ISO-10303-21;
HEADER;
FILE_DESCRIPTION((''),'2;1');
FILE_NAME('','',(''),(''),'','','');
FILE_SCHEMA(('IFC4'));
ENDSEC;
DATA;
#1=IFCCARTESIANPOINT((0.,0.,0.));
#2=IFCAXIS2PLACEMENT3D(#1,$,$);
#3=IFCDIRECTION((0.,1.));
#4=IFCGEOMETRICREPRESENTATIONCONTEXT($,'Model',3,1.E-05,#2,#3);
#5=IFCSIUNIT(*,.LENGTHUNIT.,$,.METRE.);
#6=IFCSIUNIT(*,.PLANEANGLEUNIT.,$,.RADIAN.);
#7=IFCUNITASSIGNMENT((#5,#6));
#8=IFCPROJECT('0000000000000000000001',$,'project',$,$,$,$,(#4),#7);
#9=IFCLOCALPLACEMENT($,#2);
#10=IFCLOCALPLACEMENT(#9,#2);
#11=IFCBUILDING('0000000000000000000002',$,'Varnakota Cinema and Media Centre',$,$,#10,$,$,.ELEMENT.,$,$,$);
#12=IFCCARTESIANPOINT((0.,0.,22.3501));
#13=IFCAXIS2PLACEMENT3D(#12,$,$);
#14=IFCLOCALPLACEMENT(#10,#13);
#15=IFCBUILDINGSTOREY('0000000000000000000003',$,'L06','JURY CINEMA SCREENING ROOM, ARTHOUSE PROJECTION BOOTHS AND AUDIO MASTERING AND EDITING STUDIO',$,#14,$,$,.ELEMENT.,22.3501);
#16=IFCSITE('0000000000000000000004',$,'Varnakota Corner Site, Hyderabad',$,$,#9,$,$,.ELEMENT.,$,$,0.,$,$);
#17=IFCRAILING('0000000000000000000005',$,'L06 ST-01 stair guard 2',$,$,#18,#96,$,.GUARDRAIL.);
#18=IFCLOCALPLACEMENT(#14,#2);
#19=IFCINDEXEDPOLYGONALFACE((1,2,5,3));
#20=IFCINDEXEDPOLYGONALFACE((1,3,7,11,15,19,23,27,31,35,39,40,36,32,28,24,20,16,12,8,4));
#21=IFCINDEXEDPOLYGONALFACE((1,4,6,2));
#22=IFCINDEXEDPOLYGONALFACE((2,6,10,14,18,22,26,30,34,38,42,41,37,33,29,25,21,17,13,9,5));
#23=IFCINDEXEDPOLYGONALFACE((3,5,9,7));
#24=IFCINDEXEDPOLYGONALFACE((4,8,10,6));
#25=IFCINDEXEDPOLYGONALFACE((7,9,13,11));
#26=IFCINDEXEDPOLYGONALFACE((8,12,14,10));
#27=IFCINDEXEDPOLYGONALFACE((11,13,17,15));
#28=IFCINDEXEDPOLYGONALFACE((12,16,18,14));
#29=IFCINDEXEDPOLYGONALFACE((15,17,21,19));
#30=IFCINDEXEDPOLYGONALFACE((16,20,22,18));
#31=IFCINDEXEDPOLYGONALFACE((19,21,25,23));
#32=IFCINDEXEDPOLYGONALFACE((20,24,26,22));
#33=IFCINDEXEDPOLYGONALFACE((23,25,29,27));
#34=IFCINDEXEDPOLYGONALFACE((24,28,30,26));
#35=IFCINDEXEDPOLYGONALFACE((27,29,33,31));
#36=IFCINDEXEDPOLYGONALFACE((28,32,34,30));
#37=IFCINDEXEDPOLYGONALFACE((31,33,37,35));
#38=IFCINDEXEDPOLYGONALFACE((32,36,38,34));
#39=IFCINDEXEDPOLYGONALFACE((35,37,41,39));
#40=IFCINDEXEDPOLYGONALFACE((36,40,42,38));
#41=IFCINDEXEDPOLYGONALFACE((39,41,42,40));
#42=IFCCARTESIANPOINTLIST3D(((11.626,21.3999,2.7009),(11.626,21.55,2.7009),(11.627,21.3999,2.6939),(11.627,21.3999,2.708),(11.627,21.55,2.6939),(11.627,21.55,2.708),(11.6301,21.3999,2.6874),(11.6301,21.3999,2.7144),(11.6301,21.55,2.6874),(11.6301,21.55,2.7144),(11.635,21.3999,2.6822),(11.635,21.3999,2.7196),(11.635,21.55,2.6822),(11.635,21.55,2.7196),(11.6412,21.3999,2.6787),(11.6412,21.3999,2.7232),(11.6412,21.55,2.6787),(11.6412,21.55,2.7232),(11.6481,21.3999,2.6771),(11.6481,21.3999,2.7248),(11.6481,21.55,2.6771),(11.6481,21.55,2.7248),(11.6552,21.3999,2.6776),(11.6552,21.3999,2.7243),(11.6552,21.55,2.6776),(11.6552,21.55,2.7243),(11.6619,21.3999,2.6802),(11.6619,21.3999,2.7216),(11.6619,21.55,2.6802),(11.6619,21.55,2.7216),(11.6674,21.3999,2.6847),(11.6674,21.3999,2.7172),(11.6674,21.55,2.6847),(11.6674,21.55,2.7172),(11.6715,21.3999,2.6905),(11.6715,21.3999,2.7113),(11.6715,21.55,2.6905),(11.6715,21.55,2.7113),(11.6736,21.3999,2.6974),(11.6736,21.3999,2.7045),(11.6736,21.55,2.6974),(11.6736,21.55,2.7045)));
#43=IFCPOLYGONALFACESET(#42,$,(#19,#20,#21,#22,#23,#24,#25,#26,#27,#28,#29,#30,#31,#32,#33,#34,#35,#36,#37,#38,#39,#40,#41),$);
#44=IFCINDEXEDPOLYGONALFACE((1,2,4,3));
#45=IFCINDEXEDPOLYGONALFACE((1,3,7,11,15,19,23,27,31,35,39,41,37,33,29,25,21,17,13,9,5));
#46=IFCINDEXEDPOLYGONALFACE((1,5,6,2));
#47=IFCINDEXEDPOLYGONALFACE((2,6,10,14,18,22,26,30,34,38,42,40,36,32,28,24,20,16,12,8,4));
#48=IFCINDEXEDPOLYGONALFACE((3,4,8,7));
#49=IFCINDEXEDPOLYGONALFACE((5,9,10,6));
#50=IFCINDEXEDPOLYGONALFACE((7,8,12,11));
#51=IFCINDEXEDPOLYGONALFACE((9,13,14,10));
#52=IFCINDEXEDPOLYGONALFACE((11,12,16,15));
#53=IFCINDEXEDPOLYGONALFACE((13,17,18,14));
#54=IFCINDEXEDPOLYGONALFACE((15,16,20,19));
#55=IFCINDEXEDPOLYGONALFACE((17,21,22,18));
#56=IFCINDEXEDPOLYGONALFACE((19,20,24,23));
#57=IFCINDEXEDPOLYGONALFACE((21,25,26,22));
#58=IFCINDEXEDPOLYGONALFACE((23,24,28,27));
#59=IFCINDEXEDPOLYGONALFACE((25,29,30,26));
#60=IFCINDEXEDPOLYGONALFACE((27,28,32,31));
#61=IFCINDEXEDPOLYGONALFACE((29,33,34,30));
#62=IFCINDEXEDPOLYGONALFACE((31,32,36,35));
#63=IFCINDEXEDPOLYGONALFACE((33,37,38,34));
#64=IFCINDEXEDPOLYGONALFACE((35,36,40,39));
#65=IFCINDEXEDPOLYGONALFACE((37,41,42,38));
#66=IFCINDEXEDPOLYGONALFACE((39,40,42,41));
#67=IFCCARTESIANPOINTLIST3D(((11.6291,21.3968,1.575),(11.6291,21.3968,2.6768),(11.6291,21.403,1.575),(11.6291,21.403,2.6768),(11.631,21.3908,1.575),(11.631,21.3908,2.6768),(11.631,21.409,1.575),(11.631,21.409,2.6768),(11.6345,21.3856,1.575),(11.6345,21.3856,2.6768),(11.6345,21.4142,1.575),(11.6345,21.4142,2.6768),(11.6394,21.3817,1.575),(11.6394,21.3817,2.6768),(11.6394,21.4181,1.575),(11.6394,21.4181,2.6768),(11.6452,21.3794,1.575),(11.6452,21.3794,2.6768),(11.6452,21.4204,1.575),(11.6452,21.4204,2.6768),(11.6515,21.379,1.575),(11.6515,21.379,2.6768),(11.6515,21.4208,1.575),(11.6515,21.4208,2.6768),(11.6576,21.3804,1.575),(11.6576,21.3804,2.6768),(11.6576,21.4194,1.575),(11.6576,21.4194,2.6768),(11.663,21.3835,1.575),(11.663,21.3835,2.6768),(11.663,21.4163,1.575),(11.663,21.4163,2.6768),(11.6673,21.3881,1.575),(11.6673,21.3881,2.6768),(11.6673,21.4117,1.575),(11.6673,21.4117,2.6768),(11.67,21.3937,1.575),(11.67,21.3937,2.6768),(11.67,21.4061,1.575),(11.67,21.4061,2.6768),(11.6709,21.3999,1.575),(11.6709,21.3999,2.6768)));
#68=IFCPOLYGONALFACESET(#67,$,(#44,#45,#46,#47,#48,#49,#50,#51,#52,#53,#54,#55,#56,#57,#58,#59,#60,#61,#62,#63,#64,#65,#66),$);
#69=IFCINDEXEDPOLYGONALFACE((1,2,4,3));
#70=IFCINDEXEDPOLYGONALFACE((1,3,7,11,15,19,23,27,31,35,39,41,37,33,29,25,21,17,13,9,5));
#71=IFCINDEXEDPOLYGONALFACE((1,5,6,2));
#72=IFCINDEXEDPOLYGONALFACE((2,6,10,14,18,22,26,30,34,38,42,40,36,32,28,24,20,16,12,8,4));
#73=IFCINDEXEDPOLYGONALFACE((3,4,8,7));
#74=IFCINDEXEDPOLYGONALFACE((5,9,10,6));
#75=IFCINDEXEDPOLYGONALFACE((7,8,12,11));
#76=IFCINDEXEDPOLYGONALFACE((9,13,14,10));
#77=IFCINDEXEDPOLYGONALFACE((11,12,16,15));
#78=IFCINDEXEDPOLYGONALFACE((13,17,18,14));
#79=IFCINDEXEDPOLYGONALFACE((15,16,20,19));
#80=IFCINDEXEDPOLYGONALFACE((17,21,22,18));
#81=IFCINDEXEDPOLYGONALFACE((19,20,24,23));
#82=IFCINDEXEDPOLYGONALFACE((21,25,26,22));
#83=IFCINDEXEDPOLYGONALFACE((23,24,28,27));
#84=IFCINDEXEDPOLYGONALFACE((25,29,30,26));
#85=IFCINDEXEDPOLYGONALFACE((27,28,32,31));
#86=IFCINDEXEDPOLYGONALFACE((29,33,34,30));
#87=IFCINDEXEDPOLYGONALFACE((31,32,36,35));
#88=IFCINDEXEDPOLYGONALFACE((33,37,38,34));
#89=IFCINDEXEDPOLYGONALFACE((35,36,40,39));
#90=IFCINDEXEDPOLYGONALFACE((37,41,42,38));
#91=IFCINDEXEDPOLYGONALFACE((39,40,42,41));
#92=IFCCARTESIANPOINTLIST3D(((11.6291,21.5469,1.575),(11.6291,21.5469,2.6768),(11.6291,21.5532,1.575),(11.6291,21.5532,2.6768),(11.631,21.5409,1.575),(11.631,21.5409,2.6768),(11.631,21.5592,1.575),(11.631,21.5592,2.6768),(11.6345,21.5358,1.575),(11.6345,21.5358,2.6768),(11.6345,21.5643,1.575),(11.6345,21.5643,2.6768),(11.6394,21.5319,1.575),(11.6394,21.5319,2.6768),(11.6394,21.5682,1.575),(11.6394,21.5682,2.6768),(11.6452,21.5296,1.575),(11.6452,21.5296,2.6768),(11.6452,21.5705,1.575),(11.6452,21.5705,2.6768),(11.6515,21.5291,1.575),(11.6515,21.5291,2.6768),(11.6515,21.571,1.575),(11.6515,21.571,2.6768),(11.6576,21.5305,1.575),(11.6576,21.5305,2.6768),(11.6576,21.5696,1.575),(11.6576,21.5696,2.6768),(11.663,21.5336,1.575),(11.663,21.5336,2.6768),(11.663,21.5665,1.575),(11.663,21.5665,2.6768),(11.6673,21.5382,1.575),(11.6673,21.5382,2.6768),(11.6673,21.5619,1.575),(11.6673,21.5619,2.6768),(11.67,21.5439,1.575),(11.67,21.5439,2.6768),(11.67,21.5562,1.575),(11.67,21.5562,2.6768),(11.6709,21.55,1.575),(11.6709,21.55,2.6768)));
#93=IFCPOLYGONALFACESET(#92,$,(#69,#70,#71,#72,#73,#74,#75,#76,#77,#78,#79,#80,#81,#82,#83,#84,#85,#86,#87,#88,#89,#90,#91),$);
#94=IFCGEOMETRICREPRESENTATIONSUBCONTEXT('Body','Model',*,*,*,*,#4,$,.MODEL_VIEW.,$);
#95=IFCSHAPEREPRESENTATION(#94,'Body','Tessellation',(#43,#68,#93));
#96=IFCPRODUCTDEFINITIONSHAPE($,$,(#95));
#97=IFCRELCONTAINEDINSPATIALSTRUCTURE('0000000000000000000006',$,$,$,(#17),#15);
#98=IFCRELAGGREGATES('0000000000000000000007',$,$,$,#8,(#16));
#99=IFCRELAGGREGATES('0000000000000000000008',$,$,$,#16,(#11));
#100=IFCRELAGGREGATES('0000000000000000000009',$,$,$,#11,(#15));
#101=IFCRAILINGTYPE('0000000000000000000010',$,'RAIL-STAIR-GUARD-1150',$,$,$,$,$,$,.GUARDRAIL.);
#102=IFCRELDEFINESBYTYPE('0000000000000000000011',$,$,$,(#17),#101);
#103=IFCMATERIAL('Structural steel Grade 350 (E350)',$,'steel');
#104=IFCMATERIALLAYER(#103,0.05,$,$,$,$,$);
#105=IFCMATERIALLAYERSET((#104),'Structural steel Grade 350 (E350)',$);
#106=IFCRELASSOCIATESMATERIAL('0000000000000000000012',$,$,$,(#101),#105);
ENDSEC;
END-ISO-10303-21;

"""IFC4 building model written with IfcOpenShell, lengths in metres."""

from ifc_helpers import new_model, si_unit, direction, frame, origin, origin_2d, place, context, subcontext, project, spatial, circle, extrude, material, layer, layer_set, type_object, element, save


model = new_model("IFC4")

# Units and contexts
model_context = context("Model", 3, precision=1e-05, world=origin(), true_north=direction((0.0, 1.0)))
body_context = subcontext(model_context, "Body", "Model", "MODEL_VIEW")
ifc_project = project(units=[si_unit("LENGTHUNIT", "METRE"), si_unit("PLANEANGLEUNIT", "RADIAN")], contexts=[model_context])

# Site, building, storey
site_placement = place(None, origin())
site = spatial("IfcSite", under=ifc_project, at=site_placement, Name="Varnakota Corner Site, Hyderabad", CompositionType="ELEMENT", RefElevation=0.0)
building_placement = place(site_placement, origin())
building = spatial("IfcBuilding", under=site, at=building_placement, Name="Varnakota Cinema and Media Centre", CompositionType="ELEMENT")
storey_placement = place(building_placement, frame((0.0, 0.0, 22.3501)))
storey = spatial("IfcBuildingStorey", under=building, at=storey_placement, Name="L06", Description="JURY CINEMA SCREENING ROOM, ARTHOUSE PROJECTION BOOTHS AND AUDIO MASTERING AND EDITING STUDIO", CompositionType="ELEMENT", Elevation=22.3501)

# Railing
ifc_material_1 = material(Name="Structural steel Grade 350 (E350)", Category="steel")
ifc_layer_1 = layer(ifc_material_1, 0.05)
ifc_layer_set_1 = layer_set([ifc_layer_1], Name="Structural steel Grade 350 (E350)")
railing_type_1 = type_object("IfcRailingType", Name="RAIL-STAIR-GUARD-1150", PredefinedType="GUARDRAIL", material=ifc_layer_set_1)
railing_1_placement = place(storey_placement, frame((11.6499, 21.3999, 1.575)))
element("IfcRailing", 1, at=railing_1_placement, inside=storey, type_object=railing_type_1, Name="L06 ST-01 stair guard 2", PredefinedType="GUARDRAIL", context=body_context, shape_type="SweptSolid", body=[
    extrude(circle(Radius=0.0239, at=origin_2d()), frame((0.0, 0.0, 1.126), z_axis=(0.0, 1.0, 0.0), x_axis=(-1.0, 0.0, 0.0)), (0.0, 0.0, 1.0), 0.1501),
    extrude(circle(Radius=0.021, at=origin_2d()), origin(), (0.0, 0.0, 1.0), 1.1018),
    extrude(circle(Radius=0.021, at=origin_2d()), frame((0.0, 0.1501, 0.0)), (0.0, 0.0, 1.0), 1.1018),
])

save(model, "model.ifc")
